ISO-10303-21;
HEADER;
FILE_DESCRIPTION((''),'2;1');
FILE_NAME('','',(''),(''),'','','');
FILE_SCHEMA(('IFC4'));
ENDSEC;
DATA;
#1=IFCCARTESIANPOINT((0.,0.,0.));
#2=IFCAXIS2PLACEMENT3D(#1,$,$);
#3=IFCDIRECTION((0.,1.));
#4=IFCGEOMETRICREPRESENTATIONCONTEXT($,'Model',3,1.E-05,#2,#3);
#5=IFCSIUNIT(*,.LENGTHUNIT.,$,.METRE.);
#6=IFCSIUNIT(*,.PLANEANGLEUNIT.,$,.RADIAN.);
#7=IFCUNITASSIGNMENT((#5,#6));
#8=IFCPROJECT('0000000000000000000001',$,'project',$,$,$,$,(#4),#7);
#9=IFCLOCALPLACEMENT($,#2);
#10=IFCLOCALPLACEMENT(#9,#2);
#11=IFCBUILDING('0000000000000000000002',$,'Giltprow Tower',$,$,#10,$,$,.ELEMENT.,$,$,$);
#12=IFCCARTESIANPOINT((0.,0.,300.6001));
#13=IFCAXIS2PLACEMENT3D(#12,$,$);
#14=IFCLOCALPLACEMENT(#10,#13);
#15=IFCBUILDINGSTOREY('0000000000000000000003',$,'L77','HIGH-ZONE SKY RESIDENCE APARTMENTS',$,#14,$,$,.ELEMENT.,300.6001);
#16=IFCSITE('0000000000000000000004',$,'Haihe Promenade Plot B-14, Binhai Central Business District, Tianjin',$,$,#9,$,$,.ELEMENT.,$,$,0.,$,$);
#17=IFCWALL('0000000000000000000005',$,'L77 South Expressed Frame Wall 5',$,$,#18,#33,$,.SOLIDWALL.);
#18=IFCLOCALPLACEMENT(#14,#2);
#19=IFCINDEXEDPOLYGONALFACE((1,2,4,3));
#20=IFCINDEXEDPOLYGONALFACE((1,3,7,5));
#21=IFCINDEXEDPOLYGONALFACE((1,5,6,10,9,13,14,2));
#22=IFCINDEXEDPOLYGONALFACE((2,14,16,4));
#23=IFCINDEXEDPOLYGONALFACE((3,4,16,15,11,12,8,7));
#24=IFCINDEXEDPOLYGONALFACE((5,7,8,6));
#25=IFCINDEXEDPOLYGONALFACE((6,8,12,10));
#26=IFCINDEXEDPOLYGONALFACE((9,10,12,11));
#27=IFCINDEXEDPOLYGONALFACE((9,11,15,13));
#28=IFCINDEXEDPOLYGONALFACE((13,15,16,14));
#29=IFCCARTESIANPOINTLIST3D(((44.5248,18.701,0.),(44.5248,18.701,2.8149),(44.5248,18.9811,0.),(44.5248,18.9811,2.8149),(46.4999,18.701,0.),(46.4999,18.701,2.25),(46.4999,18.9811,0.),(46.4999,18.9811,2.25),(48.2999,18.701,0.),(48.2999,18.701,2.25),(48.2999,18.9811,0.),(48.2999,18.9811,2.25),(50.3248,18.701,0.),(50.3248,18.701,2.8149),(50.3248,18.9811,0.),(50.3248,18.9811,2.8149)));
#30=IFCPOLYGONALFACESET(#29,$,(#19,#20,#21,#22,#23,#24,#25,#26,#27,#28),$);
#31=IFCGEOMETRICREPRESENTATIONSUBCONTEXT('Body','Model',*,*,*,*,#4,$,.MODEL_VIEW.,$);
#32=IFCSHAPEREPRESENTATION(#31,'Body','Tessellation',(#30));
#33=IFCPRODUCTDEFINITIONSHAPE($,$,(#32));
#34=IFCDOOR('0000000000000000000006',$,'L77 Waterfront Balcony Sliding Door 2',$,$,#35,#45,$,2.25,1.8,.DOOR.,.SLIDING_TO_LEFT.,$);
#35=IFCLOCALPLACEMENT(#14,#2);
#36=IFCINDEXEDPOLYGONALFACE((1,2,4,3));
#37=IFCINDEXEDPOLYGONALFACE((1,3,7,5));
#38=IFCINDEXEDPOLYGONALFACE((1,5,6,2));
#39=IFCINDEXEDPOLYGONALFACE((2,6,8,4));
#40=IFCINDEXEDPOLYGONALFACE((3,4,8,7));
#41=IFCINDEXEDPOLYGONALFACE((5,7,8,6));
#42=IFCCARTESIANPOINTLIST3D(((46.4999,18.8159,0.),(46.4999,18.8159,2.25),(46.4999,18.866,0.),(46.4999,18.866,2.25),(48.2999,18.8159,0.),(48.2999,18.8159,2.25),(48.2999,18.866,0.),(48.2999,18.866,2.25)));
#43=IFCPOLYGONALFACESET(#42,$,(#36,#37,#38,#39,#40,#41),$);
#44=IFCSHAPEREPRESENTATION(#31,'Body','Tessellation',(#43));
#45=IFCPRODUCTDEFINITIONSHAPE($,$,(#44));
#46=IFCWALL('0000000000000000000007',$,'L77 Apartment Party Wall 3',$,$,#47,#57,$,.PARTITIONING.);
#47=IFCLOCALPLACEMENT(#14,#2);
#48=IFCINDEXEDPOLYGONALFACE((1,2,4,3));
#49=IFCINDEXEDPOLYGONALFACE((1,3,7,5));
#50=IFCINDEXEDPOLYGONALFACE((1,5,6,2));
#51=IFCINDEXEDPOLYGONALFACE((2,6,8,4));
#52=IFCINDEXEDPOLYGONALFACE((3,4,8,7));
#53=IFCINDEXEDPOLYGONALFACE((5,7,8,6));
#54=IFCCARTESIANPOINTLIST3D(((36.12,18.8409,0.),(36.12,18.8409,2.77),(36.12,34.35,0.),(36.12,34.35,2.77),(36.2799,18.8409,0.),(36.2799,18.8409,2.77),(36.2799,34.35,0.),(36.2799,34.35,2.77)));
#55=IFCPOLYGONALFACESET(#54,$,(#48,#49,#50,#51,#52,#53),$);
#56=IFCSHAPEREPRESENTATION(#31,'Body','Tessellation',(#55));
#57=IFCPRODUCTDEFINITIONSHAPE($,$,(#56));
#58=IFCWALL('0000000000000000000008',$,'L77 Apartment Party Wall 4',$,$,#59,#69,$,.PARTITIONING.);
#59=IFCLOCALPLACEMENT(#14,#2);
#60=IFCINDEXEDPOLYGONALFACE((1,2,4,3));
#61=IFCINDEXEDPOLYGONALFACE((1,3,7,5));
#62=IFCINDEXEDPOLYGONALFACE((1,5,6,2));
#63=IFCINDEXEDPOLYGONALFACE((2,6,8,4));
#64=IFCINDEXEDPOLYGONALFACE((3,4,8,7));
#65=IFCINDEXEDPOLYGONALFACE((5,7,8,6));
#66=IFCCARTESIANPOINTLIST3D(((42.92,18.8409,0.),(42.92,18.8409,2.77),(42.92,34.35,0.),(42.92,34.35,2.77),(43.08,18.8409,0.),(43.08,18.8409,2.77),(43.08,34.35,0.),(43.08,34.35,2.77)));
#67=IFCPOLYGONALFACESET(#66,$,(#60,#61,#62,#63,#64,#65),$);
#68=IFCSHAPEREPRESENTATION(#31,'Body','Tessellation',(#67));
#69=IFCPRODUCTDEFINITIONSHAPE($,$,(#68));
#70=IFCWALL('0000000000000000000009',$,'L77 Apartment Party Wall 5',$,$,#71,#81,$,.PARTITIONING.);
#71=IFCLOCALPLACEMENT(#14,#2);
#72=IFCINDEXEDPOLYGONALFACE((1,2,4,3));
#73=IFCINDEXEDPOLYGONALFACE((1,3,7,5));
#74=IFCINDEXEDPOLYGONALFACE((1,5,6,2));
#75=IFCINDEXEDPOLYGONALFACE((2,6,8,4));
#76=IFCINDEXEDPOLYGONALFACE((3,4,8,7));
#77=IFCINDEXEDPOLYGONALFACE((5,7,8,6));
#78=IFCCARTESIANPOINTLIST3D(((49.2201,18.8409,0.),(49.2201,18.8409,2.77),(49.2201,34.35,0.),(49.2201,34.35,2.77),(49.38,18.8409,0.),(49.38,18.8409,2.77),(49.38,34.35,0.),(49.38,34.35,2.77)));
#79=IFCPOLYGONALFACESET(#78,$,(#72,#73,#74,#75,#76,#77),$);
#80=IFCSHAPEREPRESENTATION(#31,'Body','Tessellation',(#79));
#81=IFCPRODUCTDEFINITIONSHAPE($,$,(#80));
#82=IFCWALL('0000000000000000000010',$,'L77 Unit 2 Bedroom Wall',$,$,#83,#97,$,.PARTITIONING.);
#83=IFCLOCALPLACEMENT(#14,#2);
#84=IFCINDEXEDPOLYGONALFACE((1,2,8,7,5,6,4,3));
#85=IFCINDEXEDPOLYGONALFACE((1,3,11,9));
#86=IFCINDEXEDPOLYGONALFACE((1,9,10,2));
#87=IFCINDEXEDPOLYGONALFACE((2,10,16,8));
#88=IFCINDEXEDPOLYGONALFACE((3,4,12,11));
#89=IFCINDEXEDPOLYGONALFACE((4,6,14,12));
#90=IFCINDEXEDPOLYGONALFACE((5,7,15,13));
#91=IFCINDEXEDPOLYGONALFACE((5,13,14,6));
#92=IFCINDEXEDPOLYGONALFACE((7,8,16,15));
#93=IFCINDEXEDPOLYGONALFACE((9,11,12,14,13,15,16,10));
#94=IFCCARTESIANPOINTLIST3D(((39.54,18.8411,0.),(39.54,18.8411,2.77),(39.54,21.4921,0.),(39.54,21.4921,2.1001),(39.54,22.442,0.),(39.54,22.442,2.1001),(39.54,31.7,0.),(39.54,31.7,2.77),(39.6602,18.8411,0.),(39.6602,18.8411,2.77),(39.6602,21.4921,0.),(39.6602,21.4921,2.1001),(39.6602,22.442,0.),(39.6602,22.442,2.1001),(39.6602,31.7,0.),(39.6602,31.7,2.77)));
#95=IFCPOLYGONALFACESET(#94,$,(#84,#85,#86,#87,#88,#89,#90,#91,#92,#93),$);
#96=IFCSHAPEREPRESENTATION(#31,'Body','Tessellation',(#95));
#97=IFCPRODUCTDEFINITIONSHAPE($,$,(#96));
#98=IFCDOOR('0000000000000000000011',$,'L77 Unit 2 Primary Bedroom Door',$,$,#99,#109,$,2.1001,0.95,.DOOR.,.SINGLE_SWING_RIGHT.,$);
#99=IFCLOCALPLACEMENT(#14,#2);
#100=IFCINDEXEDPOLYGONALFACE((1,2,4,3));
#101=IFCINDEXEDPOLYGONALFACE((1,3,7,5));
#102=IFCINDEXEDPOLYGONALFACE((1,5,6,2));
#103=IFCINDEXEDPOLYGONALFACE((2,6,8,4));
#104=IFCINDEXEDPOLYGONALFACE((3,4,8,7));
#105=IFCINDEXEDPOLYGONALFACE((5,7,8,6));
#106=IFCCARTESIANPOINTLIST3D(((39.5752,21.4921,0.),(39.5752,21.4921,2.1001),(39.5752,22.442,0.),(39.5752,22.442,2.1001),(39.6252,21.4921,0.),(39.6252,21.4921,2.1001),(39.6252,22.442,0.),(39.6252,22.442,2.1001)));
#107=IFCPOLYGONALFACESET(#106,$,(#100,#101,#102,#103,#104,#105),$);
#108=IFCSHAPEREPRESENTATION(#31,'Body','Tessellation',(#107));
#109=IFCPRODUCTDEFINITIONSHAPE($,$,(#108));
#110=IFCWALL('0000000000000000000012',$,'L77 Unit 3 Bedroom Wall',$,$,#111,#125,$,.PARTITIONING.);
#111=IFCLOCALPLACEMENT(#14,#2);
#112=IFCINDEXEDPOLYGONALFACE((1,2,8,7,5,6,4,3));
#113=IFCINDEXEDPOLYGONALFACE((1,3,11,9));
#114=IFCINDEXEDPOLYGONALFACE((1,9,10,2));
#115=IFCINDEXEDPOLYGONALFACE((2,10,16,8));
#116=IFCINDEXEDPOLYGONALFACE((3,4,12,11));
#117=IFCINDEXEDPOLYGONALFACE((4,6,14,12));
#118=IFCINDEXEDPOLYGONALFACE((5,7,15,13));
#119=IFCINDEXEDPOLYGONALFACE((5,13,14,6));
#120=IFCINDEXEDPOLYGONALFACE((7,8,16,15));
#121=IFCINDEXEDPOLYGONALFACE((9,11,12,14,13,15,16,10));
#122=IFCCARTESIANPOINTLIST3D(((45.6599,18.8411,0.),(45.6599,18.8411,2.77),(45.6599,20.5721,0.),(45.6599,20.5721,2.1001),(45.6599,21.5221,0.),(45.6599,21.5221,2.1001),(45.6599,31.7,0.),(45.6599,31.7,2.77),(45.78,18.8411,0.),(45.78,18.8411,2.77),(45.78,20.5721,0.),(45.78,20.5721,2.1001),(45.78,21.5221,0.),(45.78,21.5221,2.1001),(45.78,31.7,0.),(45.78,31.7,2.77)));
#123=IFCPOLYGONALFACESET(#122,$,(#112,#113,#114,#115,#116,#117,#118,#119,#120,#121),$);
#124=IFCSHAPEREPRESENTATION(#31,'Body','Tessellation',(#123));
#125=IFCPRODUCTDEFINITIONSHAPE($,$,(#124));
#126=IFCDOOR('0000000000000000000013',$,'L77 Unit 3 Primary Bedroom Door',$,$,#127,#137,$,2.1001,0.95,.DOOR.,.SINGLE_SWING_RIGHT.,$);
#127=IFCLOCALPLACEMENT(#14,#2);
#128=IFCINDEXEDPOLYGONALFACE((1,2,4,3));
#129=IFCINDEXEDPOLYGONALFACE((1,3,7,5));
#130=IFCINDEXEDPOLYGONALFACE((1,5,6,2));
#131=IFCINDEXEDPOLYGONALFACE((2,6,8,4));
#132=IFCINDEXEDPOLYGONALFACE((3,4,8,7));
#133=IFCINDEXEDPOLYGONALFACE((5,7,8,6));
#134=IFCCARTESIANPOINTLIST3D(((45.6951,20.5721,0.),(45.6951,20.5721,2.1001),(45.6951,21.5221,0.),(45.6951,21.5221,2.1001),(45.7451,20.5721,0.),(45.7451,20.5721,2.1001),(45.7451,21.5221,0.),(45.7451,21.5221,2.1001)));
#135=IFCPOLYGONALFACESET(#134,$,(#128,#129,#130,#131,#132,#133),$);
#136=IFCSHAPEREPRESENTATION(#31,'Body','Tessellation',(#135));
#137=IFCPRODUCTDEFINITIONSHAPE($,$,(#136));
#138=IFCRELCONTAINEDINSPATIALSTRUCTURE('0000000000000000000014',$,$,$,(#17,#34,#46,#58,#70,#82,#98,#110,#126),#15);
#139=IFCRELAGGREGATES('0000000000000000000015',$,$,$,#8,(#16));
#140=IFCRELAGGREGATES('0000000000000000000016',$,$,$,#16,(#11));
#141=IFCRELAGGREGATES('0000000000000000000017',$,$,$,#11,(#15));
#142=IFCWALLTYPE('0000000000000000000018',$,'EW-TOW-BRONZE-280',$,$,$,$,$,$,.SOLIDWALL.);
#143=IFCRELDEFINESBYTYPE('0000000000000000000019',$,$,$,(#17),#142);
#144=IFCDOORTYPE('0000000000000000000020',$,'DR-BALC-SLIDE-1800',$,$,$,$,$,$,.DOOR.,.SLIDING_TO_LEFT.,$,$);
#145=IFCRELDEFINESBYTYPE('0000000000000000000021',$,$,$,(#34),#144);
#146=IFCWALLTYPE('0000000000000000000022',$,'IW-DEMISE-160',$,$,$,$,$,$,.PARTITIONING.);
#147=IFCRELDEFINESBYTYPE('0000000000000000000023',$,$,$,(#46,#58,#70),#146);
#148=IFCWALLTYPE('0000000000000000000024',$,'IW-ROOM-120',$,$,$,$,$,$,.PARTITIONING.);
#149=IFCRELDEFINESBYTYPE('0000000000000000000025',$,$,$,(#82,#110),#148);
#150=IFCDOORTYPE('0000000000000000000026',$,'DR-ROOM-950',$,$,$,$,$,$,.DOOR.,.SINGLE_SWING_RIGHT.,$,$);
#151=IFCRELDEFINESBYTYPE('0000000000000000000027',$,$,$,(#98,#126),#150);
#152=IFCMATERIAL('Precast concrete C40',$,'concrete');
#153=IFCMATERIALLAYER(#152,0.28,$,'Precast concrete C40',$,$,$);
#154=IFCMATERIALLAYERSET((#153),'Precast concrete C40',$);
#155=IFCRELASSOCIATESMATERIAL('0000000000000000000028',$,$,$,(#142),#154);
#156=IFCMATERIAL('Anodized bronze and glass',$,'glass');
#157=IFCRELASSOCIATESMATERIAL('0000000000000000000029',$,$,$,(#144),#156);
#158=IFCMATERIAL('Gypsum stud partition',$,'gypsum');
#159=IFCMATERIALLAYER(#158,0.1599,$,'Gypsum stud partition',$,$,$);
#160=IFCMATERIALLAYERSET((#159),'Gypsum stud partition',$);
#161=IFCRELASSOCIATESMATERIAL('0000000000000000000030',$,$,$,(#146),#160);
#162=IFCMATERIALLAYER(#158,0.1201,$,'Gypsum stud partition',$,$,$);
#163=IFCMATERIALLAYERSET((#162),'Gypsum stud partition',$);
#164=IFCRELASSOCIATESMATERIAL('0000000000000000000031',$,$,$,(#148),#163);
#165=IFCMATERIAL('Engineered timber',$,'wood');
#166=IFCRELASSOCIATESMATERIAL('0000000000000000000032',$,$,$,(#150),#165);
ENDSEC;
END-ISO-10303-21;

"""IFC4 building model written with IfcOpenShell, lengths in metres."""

from ifc_helpers import new_model, si_unit, direction, frame, frame_2d, origin, place, context, subcontext, project, spatial, rectangle, extrude, source, transform, mapped, material, layer, layer_set, type_object, element, fill, save


model = new_model("IFC4")

# Units and contexts
model_context = context("Model", 3, precision=1e-05, world=origin(), true_north=direction((0.0, 1.0)))
body_context = subcontext(model_context, "Body", "Model", "MODEL_VIEW")
ifc_project = project(units=[si_unit("LENGTHUNIT", "METRE"), si_unit("PLANEANGLEUNIT", "RADIAN")], contexts=[model_context])

# Site, building, storey
site_placement = place(None, origin())
site = spatial("IfcSite", under=ifc_project, at=site_placement, Name="Haihe Promenade Plot B-14, Binhai Central Business District, Tianjin", CompositionType="ELEMENT", RefElevation=0.0)
building_placement = place(site_placement, origin())
building = spatial("IfcBuilding", under=site, at=building_placement, Name="Giltprow Tower", CompositionType="ELEMENT")
storey_placement = place(building_placement, frame((0.0, 0.0, 300.6001)))
storey = spatial("IfcBuildingStorey", under=building, at=storey_placement, Name="L77", Description="HIGH-ZONE SKY RESIDENCE APARTMENTS", CompositionType="ELEMENT", Elevation=300.6001)

# Shared definitions
ifc_material_1 = material(Name="Precast concrete C40", Category="concrete")
ifc_layer_1 = layer(ifc_material_1, 0.28, Name="Precast concrete C40")
ifc_layer_set_1 = layer_set([ifc_layer_1], Name="Precast concrete C40")
wall_type_1 = type_object("IfcWallType", Name="EW-TOW-BRONZE-280", PredefinedType="SOLIDWALL", material=ifc_layer_set_1)

# Wall, opening, door
wall_1_placement = place(storey_placement, frame((44.5249, 18.8411, 0.0), z_axis=(0.0, 0.0, 1.0), x_axis=(1.0, 0.0, 0.0)))
wall_1 = element("IfcWall", 1, at=wall_1_placement, inside=storey, type_object=wall_type_1, Name="L77 South Expressed Frame Wall 5", PredefinedType="SOLIDWALL", context=body_context, shape_type="SweptSolid", body=[
    extrude(rectangle(XDim=5.8, YDim=0.28, at=frame_2d((2.8999, 0.0))), origin(), (0.0, 0.0, 1.0), 2.8149),
])
opening_1_placement = place(wall_1_placement, frame((1.9751, 0.0, 0.0)))
opening_1 = element("IfcOpeningElement", 2, at=opening_1_placement, cuts=wall_1, PredefinedType="OPENING", context=body_context, shape_type="SweptSolid", body=[
    extrude(rectangle(XDim=1.8, YDim=2.25, at=frame_2d((0.8999, 1.125))), frame((0.0, 0.1499, 0.0), z_axis=(0.0, -1.0, 0.0), x_axis=(1.0, 0.0, 0.0)), (0.0, 0.0, 1.0), 0.3),
])
ifc_material_2 = material(Name="Anodized bronze and glass", Category="glass")
door_type_1 = type_object("IfcDoorType", Name="DR-BALC-SLIDE-1800", OperationType="SLIDING_TO_LEFT", PredefinedType="DOOR", material=ifc_material_2)
shared_shape_1 = source(origin(), body_context, "Body", "SweptSolid", [
    extrude(rectangle(XDim=1.8, YDim=2.25, at=frame_2d((0.8999, 1.125))), frame((0.0, 0.0249, 0.0), z_axis=(0.0, -1.0, 0.0), x_axis=(1.0, 0.0, 0.0)), (0.0, 0.0, 1.0), 0.05),
])
door_1_placement = place(opening_1_placement, origin())
door_1 = element("IfcDoor", 3, at=door_1_placement, inside=storey, type_object=door_type_1, Name="L77 Waterfront Balcony Sliding Door 2", OperationType="SLIDING_TO_LEFT", OverallHeight=2.25, OverallWidth=1.8, PredefinedType="DOOR", context=body_context, shape_type="MappedRepresentation", body=[
    mapped(shared_shape_1, transform((0.0, 0.0, 0.0), x_axis=(1.0, 0.0, 0.0), y_axis=(0.0, 1.0, 0.0), z_axis=(0.0, 0.0, 1.0), scale=1.0)),
])
fill(opening_1, door_1)

# Walls
ifc_material_3 = material(Name="Gypsum stud partition", Category="gypsum")
ifc_layer_2 = layer(ifc_material_3, 0.1599, Name="Gypsum stud partition")
ifc_layer_set_2 = layer_set([ifc_layer_2], Name="Gypsum stud partition")
wall_type_2 = type_object("IfcWallType", Name="IW-DEMISE-160", PredefinedType="PARTITIONING", material=ifc_layer_set_2)
for number, where, z_axis, x_axis, name in (
    (4, (36.2, 18.8411, 0.0), (0.0, 0.0, 1.0), (0.0, 1.0, 0.0), "L77 Apartment Party Wall 3"),
    (5, (43.0, 18.8411, 0.0), (0.0, 0.0, 1.0), (0.0, 1.0, 0.0), "L77 Apartment Party Wall 4"),
    (6, (49.3, 18.8411, 0.0), (0.0, 0.0, 1.0), (0.0, 1.0, 0.0), "L77 Apartment Party Wall 5"),
):
    element("IfcWall", number, at=place(storey_placement, frame(where, z_axis=z_axis, x_axis=x_axis)), inside=storey, type_object=wall_type_2, Name=name, PredefinedType="PARTITIONING", context=body_context, shape_type="SweptSolid", body=[
        extrude(rectangle(XDim=15.509, YDim=0.1599, at=frame_2d((7.7544, 0.0))), origin(), (0.0, 0.0, 1.0), 2.77),
    ])

# Walls, openings, doors
ifc_layer_3 = layer(ifc_material_3, 0.1201, Name="Gypsum stud partition")
ifc_layer_set_3 = layer_set([ifc_layer_3], Name="Gypsum stud partition")
wall_type_3 = type_object("IfcWallType", Name="IW-ROOM-120", PredefinedType="PARTITIONING", material=ifc_layer_set_3)
wall_2_placement = place(storey_placement, frame((39.6001, 18.8411, 0.0), z_axis=(0.0, 0.0, 1.0), x_axis=(0.0, 1.0, 0.0)))
wall_2 = element("IfcWall", 7, at=wall_2_placement, inside=storey, type_object=wall_type_3, Name="L77 Unit 2 Bedroom Wall", PredefinedType="PARTITIONING", context=body_context, shape_type="SweptSolid", body=[
    extrude(rectangle(XDim=12.8589, YDim=0.1201, at=frame_2d((6.4294, 0.0))), origin(), (0.0, 0.0, 1.0), 2.77),
])
opening_2_placement = place(wall_2_placement, frame((2.6509, 0.0, 0.0)))
opening_2 = element("IfcOpeningElement", 8, at=opening_2_placement, cuts=wall_2, PredefinedType="OPENING", context=body_context, shape_type="SweptSolid", body=[
    extrude(rectangle(XDim=0.95, YDim=2.1001, at=frame_2d((0.4751, 1.05))), frame((0.0, 0.0701, 0.0), z_axis=(0.0, -1.0, 0.0), x_axis=(1.0, 0.0, 0.0)), (0.0, 0.0, 1.0), 0.1401),
])
ifc_material_4 = material(Name="Engineered timber", Category="wood")
door_type_2 = type_object("IfcDoorType", Name="DR-ROOM-950", OperationType="SINGLE_SWING_RIGHT", PredefinedType="DOOR", material=ifc_material_4)
shared_shape_2 = source(origin(), body_context, "Body", "SweptSolid", [
    extrude(rectangle(XDim=0.95, YDim=2.1001, at=frame_2d((0.4751, 1.05))), frame((0.0, 0.0249, 0.0), z_axis=(0.0, -1.0, 0.0), x_axis=(1.0, 0.0, 0.0)), (0.0, 0.0, 1.0), 0.05),
])
door_2_placement = place(opening_2_placement, origin())
door_2 = element("IfcDoor", 9, at=door_2_placement, inside=storey, type_object=door_type_2, Name="L77 Unit 2 Primary Bedroom Door", OperationType="SINGLE_SWING_RIGHT", OverallHeight=2.1001, OverallWidth=0.95, PredefinedType="DOOR", context=body_context, shape_type="MappedRepresentation", body=[
    mapped(shared_shape_2, transform((0.0, 0.0, 0.0), x_axis=(1.0, 0.0, 0.0), y_axis=(0.0, 1.0, 0.0), z_axis=(0.0, 0.0, 1.0), scale=1.0)),
])
fill(opening_2, door_2)
wall_3_placement = place(storey_placement, frame((45.72, 18.8411, 0.0), z_axis=(0.0, 0.0, 1.0), x_axis=(0.0, 1.0, 0.0)))
wall_3 = element("IfcWall", 10, at=wall_3_placement, inside=storey, type_object=wall_type_3, Name="L77 Unit 3 Bedroom Wall", PredefinedType="PARTITIONING", context=body_context, shape_type="SweptSolid", body=[
    extrude(rectangle(XDim=12.8589, YDim=0.1201, at=frame_2d((6.4294, 0.0))), origin(), (0.0, 0.0, 1.0), 2.77),
])
opening_3_placement = place(wall_3_placement, frame((1.731, 0.0, 0.0)))
opening_3 = element("IfcOpeningElement", 11, at=opening_3_placement, cuts=wall_3, PredefinedType="OPENING", context=body_context, shape_type="SweptSolid", body=[
    extrude(rectangle(XDim=0.95, YDim=2.1001, at=frame_2d((0.4751, 1.05))), frame((0.0, 0.0701, 0.0), z_axis=(0.0, -1.0, 0.0), x_axis=(1.0, 0.0, 0.0)), (0.0, 0.0, 1.0), 0.1401),
])
door_3_placement = place(opening_3_placement, origin())
door_3 = element("IfcDoor", 12, at=door_3_placement, inside=storey, type_object=door_type_2, Name="L77 Unit 3 Primary Bedroom Door", OperationType="SINGLE_SWING_RIGHT", OverallHeight=2.1001, OverallWidth=0.95, PredefinedType="DOOR", context=body_context, shape_type="MappedRepresentation", body=[
    mapped(shared_shape_2, transform((0.0, 0.0, 0.0), x_axis=(1.0, 0.0, 0.0), y_axis=(0.0, 1.0, 0.0), z_axis=(0.0, 0.0, 1.0), scale=1.0)),
])
fill(opening_3, door_3)

save(model, "model.ifc")
